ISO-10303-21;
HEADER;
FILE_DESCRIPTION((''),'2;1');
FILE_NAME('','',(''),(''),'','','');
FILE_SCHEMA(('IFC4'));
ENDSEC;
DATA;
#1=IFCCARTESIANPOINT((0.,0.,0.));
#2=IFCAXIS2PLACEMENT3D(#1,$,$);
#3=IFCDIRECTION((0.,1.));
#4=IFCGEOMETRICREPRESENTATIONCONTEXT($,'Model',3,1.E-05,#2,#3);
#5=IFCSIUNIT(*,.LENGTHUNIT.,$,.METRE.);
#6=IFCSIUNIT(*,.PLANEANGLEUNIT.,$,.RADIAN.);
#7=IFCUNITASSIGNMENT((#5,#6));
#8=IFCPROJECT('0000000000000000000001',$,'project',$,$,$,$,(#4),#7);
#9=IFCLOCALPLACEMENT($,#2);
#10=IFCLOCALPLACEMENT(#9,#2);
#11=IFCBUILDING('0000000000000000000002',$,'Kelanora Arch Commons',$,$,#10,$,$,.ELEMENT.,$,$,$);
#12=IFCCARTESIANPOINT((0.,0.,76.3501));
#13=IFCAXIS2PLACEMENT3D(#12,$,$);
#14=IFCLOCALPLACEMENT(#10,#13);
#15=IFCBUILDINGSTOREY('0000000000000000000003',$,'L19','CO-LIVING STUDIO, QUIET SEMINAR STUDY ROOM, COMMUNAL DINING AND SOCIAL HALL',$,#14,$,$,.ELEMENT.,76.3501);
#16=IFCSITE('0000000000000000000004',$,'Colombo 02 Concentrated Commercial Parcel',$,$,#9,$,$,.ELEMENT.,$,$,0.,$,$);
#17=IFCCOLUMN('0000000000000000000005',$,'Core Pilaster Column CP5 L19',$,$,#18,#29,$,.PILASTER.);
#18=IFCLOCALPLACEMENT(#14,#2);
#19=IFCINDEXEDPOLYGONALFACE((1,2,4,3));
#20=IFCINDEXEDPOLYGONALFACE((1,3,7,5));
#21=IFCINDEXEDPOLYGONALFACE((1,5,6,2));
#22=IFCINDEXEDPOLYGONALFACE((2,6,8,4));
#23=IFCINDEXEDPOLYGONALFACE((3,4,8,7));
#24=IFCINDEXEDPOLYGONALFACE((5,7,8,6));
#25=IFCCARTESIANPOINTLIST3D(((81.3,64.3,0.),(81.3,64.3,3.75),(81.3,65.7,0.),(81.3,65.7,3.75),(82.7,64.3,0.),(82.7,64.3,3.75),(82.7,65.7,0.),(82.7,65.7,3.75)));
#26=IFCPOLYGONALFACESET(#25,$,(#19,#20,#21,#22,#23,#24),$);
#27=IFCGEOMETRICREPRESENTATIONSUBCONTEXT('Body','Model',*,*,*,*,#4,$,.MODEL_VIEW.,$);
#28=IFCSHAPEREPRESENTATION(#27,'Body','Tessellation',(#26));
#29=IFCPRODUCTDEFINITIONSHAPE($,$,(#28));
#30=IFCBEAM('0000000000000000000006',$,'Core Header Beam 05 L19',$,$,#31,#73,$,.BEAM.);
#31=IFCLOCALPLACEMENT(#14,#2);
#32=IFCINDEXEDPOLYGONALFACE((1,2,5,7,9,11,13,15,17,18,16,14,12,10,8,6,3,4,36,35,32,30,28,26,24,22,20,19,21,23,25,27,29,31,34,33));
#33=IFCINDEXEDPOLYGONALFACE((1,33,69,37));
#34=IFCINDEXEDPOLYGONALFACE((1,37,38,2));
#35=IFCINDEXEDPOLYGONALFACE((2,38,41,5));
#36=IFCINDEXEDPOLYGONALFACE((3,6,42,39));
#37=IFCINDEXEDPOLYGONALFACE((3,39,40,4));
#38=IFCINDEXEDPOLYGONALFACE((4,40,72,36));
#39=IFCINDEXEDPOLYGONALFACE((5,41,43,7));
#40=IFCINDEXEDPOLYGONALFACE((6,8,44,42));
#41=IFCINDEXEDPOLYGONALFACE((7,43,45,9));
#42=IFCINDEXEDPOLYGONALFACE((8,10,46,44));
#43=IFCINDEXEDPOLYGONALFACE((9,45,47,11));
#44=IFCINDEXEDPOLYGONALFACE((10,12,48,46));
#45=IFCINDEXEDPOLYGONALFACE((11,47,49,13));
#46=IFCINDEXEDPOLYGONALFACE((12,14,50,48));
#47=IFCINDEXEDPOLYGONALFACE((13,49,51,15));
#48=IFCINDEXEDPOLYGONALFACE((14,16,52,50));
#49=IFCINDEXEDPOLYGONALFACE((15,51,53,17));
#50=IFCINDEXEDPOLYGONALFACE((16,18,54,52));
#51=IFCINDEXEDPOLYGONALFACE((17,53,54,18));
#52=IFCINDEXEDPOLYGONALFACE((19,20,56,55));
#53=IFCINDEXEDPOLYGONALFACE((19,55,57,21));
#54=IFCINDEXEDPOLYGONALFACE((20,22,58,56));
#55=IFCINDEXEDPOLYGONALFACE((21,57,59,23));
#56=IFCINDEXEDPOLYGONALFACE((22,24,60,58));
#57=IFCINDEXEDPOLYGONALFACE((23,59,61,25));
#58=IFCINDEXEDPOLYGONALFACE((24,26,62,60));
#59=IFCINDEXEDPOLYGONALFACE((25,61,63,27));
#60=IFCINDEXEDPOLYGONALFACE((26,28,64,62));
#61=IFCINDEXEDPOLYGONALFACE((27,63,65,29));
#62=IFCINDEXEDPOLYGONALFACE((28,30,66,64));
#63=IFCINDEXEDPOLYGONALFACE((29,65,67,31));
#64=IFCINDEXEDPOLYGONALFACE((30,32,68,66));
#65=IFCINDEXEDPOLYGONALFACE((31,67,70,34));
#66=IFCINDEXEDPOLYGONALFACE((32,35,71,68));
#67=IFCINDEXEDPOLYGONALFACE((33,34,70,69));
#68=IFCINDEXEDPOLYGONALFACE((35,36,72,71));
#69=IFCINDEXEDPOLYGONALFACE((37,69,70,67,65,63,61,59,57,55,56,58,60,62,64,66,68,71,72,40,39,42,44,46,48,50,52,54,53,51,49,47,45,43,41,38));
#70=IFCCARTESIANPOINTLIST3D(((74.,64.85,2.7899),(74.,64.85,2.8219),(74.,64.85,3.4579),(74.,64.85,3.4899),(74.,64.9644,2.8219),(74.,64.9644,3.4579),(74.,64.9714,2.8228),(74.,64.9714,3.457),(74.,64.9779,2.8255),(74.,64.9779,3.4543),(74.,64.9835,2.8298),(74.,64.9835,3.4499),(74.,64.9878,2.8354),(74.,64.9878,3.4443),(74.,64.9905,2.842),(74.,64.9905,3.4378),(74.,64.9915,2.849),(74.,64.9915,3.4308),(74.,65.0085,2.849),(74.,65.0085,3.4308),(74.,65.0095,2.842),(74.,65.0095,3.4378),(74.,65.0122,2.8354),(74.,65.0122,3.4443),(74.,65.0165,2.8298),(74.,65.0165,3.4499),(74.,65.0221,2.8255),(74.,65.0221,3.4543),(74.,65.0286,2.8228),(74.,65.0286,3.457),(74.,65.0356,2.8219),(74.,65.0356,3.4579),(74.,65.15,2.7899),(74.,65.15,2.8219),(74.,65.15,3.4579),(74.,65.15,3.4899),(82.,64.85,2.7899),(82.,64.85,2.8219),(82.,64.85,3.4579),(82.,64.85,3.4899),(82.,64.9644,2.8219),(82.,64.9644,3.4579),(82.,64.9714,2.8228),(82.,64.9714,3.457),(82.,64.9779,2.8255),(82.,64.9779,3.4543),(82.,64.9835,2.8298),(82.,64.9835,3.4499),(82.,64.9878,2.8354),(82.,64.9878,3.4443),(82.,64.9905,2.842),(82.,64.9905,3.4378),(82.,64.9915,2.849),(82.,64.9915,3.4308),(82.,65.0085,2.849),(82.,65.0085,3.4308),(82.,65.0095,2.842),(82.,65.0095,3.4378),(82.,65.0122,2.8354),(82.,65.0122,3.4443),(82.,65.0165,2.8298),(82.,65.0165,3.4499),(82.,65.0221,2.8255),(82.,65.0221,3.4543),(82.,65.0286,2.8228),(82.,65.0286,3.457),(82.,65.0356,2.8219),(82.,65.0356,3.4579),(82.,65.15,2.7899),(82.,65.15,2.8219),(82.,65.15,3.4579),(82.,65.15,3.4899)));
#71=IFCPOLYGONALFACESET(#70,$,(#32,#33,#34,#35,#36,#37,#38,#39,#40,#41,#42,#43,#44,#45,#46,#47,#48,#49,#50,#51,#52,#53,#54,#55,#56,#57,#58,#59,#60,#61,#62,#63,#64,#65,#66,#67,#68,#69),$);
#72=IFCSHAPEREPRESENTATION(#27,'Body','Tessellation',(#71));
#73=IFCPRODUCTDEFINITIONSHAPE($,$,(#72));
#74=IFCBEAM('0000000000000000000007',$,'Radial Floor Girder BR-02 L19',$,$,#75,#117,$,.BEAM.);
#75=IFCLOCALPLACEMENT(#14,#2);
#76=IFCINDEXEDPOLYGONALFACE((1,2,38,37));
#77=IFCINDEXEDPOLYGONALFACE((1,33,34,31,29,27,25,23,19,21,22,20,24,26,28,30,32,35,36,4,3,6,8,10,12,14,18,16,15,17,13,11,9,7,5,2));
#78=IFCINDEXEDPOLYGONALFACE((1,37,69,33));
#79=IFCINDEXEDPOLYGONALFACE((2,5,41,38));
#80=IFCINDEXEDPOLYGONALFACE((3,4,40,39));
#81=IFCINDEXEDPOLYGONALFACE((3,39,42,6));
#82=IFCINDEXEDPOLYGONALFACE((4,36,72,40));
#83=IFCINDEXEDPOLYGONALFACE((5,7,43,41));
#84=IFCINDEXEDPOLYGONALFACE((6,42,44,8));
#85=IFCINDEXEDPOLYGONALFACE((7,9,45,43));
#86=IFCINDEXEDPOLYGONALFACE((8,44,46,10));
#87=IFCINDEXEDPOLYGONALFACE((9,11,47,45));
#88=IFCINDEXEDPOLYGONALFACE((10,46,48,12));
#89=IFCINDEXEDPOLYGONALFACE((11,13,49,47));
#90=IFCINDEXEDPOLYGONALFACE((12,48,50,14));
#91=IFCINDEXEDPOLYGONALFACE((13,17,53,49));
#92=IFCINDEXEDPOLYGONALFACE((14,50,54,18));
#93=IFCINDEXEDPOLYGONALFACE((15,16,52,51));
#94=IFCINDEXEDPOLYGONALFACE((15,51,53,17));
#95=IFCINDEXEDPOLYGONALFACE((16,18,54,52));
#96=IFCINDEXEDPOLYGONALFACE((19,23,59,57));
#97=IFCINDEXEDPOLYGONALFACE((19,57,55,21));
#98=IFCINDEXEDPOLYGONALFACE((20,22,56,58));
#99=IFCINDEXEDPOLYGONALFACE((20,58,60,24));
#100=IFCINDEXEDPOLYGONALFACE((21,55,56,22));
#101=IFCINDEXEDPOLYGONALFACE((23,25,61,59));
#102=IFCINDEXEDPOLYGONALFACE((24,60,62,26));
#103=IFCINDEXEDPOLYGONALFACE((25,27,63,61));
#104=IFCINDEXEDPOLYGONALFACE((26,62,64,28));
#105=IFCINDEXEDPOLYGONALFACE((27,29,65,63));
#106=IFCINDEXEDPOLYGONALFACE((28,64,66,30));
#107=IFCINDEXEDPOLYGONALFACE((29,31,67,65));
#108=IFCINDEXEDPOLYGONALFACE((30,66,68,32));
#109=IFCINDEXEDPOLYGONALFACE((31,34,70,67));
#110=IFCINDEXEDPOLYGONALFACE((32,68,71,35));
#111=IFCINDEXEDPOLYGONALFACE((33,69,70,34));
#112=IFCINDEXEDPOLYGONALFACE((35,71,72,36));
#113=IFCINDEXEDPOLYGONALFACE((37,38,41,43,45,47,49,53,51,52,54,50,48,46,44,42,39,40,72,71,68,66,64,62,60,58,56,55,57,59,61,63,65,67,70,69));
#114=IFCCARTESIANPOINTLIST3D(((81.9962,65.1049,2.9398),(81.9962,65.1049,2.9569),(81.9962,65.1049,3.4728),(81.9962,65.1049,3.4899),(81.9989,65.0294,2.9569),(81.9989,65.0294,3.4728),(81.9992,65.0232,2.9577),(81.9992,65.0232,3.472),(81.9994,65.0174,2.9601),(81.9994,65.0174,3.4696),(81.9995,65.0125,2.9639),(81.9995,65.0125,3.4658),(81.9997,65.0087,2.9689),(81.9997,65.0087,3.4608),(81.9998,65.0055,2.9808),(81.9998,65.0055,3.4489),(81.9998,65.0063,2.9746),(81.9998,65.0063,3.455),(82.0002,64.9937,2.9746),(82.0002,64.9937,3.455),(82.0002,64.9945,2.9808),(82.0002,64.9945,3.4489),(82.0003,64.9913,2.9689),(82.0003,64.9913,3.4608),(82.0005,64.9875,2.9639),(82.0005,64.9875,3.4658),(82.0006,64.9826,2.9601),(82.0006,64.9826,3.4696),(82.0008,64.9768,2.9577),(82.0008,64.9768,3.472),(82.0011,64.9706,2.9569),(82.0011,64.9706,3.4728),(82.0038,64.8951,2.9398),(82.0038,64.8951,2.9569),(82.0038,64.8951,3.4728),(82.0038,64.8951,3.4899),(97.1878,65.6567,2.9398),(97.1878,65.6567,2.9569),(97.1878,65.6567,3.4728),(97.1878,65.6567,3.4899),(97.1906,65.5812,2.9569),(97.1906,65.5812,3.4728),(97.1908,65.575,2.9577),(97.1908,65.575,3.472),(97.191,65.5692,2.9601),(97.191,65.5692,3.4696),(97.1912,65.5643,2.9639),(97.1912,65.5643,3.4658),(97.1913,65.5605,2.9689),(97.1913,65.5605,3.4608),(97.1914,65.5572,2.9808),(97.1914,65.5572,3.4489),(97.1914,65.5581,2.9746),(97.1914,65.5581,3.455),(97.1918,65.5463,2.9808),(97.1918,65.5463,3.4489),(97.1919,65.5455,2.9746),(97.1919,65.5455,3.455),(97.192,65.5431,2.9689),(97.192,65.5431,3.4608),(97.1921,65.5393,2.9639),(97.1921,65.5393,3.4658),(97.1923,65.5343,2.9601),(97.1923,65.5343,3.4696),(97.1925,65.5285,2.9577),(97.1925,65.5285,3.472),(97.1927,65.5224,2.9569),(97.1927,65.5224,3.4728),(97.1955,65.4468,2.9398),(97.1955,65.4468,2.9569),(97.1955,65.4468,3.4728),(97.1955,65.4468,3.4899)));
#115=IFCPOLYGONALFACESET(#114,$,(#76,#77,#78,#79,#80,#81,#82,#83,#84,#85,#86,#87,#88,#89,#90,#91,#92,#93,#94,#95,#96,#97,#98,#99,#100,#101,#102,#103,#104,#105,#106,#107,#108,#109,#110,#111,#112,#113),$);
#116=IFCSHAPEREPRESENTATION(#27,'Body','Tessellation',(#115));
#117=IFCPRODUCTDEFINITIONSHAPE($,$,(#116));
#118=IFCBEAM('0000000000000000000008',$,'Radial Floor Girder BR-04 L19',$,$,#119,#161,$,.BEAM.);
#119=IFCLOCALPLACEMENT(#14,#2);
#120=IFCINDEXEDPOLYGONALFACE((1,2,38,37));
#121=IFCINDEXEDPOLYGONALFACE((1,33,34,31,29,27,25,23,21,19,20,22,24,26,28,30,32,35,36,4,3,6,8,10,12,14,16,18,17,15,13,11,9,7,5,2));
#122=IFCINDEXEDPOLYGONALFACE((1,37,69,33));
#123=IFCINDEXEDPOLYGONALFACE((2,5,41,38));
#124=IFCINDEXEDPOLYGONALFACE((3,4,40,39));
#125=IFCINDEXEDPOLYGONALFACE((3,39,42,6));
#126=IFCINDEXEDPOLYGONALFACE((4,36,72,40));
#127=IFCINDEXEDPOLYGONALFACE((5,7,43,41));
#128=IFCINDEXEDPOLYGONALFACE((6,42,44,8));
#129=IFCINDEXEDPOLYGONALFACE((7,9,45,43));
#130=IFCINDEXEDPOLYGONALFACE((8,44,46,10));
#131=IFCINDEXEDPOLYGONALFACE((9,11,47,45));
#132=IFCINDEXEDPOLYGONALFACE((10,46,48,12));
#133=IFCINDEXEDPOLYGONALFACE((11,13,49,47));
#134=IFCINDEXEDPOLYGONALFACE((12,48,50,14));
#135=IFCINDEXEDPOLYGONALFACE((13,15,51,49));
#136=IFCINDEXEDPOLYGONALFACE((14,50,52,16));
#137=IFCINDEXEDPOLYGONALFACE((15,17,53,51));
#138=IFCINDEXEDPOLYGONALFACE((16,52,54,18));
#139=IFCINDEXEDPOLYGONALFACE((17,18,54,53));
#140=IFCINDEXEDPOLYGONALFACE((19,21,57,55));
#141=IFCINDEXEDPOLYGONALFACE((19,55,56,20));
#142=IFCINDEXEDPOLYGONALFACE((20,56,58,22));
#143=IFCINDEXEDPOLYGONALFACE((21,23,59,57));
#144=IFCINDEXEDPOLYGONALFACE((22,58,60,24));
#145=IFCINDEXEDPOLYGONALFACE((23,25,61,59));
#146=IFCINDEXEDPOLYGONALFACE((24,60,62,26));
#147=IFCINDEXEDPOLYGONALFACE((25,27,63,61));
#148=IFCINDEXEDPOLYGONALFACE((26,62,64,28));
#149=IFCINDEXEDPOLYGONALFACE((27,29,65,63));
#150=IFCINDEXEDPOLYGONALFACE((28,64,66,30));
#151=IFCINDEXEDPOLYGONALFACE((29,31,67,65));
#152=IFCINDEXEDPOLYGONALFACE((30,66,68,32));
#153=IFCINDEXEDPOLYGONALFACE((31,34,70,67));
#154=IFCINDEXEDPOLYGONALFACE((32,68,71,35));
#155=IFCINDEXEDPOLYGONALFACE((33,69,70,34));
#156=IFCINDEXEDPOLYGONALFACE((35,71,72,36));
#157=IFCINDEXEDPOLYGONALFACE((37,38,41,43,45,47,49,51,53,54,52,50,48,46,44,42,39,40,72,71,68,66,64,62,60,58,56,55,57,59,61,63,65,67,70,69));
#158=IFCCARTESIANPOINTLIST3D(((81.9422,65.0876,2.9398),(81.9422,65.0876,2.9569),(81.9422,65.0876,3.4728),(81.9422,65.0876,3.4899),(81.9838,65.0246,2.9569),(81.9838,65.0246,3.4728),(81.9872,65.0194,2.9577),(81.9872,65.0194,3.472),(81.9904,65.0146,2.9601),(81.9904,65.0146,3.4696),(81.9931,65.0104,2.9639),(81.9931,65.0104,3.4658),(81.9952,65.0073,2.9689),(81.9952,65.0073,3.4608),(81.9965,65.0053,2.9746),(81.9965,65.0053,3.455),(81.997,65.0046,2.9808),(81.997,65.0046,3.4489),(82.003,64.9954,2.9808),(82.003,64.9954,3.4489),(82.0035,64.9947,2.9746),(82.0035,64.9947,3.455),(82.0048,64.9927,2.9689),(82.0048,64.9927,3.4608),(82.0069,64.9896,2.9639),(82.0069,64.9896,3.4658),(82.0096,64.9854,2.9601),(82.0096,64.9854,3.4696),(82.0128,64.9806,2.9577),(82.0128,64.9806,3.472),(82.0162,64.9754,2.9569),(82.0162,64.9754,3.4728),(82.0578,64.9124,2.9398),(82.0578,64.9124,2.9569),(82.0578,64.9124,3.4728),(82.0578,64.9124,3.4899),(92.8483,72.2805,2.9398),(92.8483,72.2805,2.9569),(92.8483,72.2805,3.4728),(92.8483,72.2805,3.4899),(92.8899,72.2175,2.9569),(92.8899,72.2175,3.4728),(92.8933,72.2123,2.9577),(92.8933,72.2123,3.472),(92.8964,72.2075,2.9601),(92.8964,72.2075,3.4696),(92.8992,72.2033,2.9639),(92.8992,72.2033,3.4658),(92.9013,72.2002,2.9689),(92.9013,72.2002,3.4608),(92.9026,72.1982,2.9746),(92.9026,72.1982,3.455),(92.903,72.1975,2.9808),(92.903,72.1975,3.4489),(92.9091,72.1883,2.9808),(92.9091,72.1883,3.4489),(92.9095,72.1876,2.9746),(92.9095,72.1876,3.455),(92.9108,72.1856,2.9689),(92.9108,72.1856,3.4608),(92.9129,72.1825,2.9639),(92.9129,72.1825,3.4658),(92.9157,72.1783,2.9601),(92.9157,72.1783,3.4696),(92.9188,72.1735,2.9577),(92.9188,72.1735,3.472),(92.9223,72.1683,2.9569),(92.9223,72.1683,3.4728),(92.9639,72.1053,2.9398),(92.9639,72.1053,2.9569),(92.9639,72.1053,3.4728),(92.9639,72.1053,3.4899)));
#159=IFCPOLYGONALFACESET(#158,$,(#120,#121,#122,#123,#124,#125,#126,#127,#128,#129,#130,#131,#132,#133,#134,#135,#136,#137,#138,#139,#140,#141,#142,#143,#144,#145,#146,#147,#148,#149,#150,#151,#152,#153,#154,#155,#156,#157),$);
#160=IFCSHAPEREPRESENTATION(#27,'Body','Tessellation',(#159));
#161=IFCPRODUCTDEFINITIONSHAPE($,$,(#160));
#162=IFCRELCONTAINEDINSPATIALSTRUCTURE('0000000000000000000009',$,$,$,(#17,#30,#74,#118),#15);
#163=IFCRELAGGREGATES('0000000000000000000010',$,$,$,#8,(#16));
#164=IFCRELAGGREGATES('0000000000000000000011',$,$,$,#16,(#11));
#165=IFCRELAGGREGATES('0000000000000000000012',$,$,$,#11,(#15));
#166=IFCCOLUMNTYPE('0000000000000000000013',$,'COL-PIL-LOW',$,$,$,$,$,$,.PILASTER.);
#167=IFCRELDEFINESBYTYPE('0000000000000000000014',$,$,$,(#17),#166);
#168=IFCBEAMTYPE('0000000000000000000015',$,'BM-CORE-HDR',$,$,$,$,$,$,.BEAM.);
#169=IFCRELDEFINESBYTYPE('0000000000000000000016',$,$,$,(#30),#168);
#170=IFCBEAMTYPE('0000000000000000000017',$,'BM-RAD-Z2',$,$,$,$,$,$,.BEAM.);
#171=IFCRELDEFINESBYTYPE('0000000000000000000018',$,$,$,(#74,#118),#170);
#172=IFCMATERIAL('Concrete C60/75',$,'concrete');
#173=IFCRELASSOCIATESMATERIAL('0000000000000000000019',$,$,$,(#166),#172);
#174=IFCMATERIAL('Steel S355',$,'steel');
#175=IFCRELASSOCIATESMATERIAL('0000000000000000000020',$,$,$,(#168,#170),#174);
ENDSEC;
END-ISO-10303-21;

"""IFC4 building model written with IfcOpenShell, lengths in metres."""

from ifc_helpers import new_model, si_unit, direction, frame, origin, origin_2d, place, context, subcontext, project, spatial, rectangle, i_section, extrude, material, material_profile, profile_set, type_object, element, save


model = new_model("IFC4")

# Units and contexts
model_context = context("Model", 3, precision=1e-05, world=origin(), true_north=direction((0.0, 1.0)))
body_context = subcontext(model_context, "Body", "Model", "MODEL_VIEW")
ifc_project = project(units=[si_unit("LENGTHUNIT", "METRE"), si_unit("PLANEANGLEUNIT", "RADIAN")], contexts=[model_context])

# Site, building, storey
site_placement = place(None, origin())
site = spatial("IfcSite", under=ifc_project, at=site_placement, Name="Colombo 02 Concentrated Commercial Parcel", CompositionType="ELEMENT", RefElevation=0.0)
building_placement = place(site_placement, origin())
building = spatial("IfcBuilding", under=site, at=building_placement, Name="Kelanora Arch Commons", CompositionType="ELEMENT")
storey_placement = place(building_placement, frame((0.0, 0.0, 76.3501)))
storey = spatial("IfcBuildingStorey", under=building, at=storey_placement, Name="L19", Description="CO-LIVING STUDIO, QUIET SEMINAR STUDY ROOM, COMMUNAL DINING AND SOCIAL HALL", CompositionType="ELEMENT", Elevation=76.3501)

# Column
ifc_material_1 = material(Name="Concrete C60/75", Category="concrete")
ifc_material_profile_1 = material_profile(ifc_material_1, rectangle(XDim=1.3999, YDim=1.3999, at=origin_2d()), Name="RC1400x1400")
ifc_profile_set_1 = profile_set([ifc_material_profile_1], Name="Concrete C60/75")
column_type = type_object("IfcColumnType", Name="COL-PIL-LOW", PredefinedType="PILASTER", material=ifc_profile_set_1)
column_placement = place(storey_placement, frame((82.0, 65.0, 0.0), z_axis=(0.0, 0.0, 1.0), x_axis=(1.0, 0.0, 0.0)))
element("IfcColumn", 1, at=column_placement, inside=storey, type_object=column_type, Name="Core Pilaster Column CP5 L19", PredefinedType="PILASTER", context=body_context, shape_type="SweptSolid", body=[
    extrude(rectangle(XDim=1.3999, YDim=1.3999, at=origin_2d()), origin(), (0.0, 0.0, 1.0), 3.75),
])

# Beams
ifc_material_2 = material(Name="Steel S355", Category="steel")
ifc_material_profile_2 = material_profile(ifc_material_2, i_section(OverallWidth=0.3, OverallDepth=0.7, WebThickness=0.0171, FlangeThickness=0.032, FilletRadius=0.0271, at=origin_2d()), Name="HEB700")
ifc_profile_set_2 = profile_set([ifc_material_profile_2], Name="Steel S355")
beam_type_1 = type_object("IfcBeamType", Name="BM-CORE-HDR", PredefinedType="BEAM", material=ifc_profile_set_2)
beam_1_placement = place(storey_placement, frame((82.0, 65.0, 3.1399), z_axis=(-1.0, 0.0, 0.0), x_axis=(0.0, -1.0, 0.0)))
element("IfcBeam", 2, at=beam_1_placement, inside=storey, type_object=beam_type_1, Name="Core Header Beam 05 L19", PredefinedType="BEAM", context=body_context, shape_type="SweptSolid", body=[
    extrude(i_section(OverallWidth=0.3, OverallDepth=0.7, WebThickness=0.0171, FlangeThickness=0.032, FilletRadius=0.0271, at=origin_2d()), origin(), (0.0, 0.0, 1.0), 8.0),
])
ifc_material_profile_3 = material_profile(ifc_material_2, i_section(OverallWidth=0.21, OverallDepth=0.55, WebThickness=0.011, FlangeThickness=0.0171, FilletRadius=0.0239, at=origin_2d()), Name="IPE550")
ifc_profile_set_3 = profile_set([ifc_material_profile_3], Name="Steel S355")
beam_type_2 = type_object("IfcBeamType", Name="BM-RAD-Z2", PredefinedType="BEAM", material=ifc_profile_set_3)
beam_2_placement = place(storey_placement, frame((82.0, 65.0, 3.2148), z_axis=(0.999341, 0.036296, 0.0), x_axis=(-0.036296, 0.999341, 0.0)))
element("IfcBeam", 3, at=beam_2_placement, inside=storey, type_object=beam_type_2, Name="Radial Floor Girder BR-02 L19", PredefinedType="BEAM", context=body_context, shape_type="SweptSolid", body=[
    extrude(i_section(OverallWidth=0.21, OverallDepth=0.55, WebThickness=0.011, FlangeThickness=0.0171, FilletRadius=0.0239, at=origin_2d()), origin(), (0.0, 0.0, 1.0), 15.2017),
])
beam_3_placement = place(storey_placement, frame((82.0, 65.0, 3.2148), z_axis=(0.834789, 0.550571, 0.0), x_axis=(-0.550571, 0.834789, 0.0)))
element("IfcBeam", 4, at=beam_3_placement, inside=storey, type_object=beam_type_2, Name="Radial Floor Girder BR-04 L19", PredefinedType="BEAM", context=body_context, shape_type="SweptSolid", body=[
    extrude(i_section(OverallWidth=0.21, OverallDepth=0.55, WebThickness=0.011, FlangeThickness=0.0171, FilletRadius=0.0239, at=origin_2d()), origin(), (0.0, 0.0, 1.0), 13.0645),
])

save(model, "model.ifc")
